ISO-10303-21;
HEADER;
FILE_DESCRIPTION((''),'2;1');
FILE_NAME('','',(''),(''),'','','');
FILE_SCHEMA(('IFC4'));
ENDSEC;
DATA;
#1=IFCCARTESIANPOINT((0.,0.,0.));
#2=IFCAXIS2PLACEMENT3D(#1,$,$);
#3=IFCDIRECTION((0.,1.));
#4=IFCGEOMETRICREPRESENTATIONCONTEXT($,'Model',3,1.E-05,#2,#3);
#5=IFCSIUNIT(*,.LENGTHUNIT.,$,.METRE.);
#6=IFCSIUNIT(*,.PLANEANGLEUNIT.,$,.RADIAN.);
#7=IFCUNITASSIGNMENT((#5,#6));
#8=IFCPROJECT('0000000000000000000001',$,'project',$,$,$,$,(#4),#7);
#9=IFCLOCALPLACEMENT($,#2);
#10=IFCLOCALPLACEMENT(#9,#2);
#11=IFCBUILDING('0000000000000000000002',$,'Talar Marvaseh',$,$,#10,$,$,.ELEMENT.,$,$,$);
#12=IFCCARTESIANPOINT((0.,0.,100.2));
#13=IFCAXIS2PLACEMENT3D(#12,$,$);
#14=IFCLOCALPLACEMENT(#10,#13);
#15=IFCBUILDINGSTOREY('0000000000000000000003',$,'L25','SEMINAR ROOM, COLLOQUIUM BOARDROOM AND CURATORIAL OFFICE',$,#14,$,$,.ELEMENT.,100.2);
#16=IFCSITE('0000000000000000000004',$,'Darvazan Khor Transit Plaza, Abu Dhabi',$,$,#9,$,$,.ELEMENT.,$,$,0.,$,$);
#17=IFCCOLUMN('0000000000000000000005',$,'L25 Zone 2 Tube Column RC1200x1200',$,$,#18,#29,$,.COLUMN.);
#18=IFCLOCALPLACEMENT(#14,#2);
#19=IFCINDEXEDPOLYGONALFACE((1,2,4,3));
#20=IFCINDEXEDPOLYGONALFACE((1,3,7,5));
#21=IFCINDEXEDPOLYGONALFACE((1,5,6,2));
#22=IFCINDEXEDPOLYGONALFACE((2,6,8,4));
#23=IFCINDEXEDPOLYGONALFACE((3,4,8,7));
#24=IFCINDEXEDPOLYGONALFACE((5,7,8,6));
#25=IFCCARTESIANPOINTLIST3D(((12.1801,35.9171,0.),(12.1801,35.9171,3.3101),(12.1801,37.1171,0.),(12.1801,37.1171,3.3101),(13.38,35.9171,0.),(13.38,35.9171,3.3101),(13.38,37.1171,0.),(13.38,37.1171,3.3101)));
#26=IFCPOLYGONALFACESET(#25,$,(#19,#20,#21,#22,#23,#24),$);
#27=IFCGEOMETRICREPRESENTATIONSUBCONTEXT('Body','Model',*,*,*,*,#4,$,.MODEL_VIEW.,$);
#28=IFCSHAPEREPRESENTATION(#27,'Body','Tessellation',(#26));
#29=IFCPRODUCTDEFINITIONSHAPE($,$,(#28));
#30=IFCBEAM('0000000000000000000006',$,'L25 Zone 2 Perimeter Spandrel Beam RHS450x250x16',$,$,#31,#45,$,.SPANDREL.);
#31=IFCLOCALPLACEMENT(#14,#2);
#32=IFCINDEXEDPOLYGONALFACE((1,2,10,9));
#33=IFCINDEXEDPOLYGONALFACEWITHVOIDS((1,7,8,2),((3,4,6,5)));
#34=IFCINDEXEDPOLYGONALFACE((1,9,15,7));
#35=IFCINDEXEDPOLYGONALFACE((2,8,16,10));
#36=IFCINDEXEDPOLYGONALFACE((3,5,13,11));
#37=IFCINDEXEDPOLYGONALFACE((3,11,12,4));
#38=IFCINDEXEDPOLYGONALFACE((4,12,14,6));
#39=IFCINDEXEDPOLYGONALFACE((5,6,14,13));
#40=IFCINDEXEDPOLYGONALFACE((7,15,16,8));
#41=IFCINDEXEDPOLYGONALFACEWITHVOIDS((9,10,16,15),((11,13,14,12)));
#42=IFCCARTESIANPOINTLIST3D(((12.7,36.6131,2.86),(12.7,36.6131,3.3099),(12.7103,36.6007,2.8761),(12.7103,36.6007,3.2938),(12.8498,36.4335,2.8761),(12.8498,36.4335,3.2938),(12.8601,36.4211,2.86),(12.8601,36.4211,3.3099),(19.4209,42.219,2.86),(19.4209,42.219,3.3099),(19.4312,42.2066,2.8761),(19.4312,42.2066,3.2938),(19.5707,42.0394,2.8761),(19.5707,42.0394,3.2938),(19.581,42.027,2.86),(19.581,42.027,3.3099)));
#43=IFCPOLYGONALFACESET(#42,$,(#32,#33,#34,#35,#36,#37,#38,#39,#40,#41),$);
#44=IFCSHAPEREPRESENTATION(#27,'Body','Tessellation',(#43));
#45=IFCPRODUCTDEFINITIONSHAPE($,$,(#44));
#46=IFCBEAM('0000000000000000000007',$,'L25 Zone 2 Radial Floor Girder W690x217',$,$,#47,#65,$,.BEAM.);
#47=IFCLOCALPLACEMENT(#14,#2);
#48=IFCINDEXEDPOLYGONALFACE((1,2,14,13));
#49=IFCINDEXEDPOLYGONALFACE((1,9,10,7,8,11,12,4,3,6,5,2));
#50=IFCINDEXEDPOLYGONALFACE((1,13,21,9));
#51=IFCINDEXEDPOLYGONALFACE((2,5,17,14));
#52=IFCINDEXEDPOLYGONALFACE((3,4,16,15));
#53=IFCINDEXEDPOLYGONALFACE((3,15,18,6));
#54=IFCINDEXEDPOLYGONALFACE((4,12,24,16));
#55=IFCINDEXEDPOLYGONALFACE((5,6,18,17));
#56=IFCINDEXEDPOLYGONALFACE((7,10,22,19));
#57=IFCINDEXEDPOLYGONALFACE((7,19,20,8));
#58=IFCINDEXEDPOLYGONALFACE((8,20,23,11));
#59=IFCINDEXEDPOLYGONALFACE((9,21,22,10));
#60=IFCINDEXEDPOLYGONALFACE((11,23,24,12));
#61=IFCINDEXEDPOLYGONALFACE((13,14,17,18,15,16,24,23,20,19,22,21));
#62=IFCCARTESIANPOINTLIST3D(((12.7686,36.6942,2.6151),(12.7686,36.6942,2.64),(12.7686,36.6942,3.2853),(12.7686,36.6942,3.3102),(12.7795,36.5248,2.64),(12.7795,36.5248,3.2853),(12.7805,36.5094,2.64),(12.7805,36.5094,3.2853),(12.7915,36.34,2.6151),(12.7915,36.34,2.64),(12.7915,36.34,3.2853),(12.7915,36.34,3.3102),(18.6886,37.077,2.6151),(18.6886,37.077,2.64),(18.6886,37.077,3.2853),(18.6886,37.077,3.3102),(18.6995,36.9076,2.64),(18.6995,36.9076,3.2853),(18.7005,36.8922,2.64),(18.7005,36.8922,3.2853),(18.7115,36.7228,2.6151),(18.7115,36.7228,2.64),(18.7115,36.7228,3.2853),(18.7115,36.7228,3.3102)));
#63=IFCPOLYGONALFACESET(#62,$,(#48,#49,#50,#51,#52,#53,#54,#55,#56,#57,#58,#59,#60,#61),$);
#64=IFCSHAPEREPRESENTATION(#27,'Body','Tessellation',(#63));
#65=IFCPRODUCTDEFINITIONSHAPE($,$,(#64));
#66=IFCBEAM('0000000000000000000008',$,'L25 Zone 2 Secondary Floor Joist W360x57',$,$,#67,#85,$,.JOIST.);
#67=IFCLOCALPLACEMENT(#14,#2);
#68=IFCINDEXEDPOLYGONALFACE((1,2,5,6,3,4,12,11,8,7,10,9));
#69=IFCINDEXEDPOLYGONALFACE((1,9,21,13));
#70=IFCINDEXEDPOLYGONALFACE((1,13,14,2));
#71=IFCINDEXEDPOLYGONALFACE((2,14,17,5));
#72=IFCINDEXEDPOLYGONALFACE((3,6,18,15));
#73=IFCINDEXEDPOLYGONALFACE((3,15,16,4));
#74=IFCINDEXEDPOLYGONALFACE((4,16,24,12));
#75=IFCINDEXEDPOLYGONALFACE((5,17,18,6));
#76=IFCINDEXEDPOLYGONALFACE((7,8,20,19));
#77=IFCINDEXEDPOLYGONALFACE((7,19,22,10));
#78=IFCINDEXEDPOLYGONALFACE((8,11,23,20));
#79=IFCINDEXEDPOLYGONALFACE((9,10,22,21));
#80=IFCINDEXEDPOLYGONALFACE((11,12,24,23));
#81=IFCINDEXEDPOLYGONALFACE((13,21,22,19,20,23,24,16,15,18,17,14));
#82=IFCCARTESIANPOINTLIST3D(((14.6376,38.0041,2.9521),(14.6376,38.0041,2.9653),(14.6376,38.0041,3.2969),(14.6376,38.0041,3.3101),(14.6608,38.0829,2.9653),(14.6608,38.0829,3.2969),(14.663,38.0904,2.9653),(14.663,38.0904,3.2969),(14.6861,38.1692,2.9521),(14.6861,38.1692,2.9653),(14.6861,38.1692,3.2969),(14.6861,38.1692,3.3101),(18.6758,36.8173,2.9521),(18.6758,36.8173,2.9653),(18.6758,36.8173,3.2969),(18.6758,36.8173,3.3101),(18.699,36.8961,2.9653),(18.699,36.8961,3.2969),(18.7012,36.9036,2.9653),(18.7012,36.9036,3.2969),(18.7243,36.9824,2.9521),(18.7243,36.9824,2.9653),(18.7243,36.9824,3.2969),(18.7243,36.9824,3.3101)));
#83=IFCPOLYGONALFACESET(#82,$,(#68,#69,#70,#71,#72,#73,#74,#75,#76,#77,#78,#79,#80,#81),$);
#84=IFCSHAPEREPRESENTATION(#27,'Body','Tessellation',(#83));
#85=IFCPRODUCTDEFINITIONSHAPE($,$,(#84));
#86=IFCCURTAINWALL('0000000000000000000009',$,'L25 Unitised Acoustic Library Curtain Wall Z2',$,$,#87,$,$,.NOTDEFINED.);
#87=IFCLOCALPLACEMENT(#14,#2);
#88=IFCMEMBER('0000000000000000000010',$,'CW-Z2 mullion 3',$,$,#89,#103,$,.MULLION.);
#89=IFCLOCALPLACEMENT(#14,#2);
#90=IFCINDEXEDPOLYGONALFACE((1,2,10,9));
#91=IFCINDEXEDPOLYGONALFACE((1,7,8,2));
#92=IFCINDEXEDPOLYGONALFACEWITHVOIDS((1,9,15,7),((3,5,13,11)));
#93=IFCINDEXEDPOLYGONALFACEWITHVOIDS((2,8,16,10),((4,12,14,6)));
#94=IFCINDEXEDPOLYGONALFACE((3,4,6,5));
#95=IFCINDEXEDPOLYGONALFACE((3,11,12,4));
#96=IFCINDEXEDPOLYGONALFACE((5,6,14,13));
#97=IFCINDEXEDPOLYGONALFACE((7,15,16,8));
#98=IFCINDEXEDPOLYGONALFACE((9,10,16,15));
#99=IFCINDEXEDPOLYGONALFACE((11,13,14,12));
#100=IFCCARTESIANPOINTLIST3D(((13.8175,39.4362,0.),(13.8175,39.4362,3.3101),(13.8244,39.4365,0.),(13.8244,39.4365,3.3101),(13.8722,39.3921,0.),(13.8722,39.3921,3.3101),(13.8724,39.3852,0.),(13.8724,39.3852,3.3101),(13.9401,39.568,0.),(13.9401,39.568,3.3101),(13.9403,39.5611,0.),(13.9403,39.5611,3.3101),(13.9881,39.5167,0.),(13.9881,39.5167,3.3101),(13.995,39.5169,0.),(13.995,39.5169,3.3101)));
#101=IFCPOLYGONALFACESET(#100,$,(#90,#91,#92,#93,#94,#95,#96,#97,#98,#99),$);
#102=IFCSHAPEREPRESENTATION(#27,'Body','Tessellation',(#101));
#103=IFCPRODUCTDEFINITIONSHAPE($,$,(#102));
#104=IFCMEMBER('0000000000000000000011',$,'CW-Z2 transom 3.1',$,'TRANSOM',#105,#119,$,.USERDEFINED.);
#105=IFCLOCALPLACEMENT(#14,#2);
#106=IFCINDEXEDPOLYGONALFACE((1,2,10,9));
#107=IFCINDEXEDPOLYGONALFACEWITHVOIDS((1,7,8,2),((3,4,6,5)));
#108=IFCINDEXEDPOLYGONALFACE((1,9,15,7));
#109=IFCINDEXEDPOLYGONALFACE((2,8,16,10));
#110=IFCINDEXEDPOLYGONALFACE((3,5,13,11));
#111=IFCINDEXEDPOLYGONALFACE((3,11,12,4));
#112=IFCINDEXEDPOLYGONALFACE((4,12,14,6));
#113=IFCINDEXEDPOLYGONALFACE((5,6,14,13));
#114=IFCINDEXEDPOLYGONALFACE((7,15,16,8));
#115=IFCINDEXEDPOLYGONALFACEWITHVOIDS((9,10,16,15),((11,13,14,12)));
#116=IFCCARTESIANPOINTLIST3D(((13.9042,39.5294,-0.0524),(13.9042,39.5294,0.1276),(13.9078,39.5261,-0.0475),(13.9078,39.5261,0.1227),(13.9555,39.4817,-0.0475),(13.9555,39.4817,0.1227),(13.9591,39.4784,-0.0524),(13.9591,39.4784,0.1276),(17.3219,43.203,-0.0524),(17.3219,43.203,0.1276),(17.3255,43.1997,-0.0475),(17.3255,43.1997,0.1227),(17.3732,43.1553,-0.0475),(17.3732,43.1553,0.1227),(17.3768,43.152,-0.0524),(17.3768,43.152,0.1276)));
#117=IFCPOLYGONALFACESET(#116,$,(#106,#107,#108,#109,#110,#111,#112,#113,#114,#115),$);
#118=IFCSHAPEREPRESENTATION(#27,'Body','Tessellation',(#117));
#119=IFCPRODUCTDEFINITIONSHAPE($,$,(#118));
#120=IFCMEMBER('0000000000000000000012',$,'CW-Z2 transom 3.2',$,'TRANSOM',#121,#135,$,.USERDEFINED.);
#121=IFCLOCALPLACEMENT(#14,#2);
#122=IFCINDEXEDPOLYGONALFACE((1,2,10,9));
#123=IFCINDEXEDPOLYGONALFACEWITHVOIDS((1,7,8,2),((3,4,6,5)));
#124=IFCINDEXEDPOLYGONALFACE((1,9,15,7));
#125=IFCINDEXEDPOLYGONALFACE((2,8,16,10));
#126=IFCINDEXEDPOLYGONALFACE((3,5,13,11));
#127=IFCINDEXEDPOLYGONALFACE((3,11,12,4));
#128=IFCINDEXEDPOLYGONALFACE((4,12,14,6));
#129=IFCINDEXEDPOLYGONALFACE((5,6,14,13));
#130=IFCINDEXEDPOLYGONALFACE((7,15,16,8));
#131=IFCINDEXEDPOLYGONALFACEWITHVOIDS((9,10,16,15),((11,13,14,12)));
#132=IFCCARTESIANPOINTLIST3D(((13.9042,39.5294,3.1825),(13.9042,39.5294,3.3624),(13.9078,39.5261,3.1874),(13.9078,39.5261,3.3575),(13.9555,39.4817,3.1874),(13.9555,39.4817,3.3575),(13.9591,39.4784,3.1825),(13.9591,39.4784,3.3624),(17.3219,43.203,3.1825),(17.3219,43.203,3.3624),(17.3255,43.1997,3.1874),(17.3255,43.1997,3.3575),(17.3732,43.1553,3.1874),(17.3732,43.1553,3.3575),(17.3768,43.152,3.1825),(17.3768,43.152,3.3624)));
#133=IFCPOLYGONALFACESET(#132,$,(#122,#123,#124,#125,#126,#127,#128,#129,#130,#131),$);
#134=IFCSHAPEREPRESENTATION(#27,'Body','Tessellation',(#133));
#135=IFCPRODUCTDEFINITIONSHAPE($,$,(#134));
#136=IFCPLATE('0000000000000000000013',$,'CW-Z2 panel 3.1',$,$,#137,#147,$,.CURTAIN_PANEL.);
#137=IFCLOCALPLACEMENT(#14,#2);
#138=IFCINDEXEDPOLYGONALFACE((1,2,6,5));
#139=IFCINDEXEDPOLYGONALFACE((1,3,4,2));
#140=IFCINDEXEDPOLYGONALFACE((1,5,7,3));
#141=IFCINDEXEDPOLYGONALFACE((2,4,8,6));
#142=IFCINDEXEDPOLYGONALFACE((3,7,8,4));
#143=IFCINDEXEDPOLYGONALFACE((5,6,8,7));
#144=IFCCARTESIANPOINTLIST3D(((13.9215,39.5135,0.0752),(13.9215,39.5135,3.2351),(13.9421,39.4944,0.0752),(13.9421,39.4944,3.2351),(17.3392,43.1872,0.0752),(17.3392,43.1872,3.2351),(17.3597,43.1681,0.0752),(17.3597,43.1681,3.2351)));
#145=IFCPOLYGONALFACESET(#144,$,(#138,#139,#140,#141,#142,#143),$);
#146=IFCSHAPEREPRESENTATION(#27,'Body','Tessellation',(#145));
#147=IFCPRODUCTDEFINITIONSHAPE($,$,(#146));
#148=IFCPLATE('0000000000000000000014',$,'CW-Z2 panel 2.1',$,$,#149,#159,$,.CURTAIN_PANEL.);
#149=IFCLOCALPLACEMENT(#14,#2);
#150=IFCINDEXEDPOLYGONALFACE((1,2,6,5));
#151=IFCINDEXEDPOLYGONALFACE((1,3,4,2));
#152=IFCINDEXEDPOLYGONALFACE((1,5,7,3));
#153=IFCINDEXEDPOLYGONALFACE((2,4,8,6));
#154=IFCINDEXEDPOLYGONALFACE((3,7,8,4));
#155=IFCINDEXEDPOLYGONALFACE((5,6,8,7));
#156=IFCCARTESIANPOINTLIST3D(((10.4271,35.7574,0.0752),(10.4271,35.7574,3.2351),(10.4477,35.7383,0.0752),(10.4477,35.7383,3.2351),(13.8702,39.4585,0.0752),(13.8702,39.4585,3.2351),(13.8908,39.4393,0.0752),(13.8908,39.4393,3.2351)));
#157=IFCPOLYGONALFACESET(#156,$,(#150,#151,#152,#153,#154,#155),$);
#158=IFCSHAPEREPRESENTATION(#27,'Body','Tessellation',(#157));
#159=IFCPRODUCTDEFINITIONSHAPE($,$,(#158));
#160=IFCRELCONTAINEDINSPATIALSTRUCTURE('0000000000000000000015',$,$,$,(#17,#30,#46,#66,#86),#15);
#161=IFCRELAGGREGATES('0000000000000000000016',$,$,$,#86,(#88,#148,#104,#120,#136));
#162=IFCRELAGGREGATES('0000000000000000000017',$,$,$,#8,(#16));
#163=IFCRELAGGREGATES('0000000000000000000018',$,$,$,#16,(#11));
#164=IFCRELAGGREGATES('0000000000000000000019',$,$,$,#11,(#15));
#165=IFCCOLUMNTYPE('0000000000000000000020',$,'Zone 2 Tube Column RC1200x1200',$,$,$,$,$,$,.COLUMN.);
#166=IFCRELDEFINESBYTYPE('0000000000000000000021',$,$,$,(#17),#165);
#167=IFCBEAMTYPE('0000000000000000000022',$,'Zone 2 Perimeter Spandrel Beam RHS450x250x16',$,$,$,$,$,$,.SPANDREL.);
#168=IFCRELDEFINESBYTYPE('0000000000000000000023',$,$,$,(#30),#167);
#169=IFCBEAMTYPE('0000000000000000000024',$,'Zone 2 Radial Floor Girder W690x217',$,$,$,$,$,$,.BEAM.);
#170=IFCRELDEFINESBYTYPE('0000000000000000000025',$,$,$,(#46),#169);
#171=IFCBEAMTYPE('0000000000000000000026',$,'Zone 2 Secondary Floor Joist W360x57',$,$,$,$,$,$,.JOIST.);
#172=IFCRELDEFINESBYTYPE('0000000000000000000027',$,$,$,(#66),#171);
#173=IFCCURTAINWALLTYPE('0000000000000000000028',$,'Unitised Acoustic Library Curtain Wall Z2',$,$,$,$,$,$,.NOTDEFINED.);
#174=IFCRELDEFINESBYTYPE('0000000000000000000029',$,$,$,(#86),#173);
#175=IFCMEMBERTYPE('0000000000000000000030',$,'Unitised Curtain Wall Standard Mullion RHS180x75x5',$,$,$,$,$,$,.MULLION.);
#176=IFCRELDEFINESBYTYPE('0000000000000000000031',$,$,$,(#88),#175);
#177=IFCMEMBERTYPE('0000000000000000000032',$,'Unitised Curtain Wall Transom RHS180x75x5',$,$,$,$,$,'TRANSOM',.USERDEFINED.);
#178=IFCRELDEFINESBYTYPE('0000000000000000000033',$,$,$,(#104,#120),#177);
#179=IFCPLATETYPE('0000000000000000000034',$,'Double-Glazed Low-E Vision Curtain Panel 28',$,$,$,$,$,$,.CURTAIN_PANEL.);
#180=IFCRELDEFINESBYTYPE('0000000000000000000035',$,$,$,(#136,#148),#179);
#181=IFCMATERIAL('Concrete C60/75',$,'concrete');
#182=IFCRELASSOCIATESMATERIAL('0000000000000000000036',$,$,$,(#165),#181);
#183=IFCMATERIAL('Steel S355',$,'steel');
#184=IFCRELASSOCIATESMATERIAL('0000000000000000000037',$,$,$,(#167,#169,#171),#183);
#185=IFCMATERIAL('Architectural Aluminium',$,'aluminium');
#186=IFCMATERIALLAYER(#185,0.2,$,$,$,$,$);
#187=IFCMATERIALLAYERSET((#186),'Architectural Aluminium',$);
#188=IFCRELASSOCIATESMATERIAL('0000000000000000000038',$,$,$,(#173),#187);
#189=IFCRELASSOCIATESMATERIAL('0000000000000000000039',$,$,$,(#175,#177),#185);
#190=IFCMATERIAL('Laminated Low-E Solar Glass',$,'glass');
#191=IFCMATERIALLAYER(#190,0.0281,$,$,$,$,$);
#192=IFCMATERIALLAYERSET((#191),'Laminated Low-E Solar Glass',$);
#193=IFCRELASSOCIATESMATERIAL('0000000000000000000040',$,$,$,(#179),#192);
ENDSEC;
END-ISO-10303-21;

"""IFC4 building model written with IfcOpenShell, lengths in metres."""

from ifc_helpers import new_model, si_unit, direction, frame, origin, origin_2d, place, context, subcontext, project, spatial, rectangle, hollow_rectangle, i_section, extrude, source, transform, mapped, material, layer, layer_set, material_profile, profile_set, type_object, type_shapes, element, aggregate, save


model = new_model("IFC4")

# Units and contexts
model_context = context("Model", 3, precision=1e-05, world=origin(), true_north=direction((0.0, 1.0)))
body_context = subcontext(model_context, "Body", "Model", "MODEL_VIEW")
ifc_project = project(units=[si_unit("LENGTHUNIT", "METRE"), si_unit("PLANEANGLEUNIT", "RADIAN")], contexts=[model_context])

# Site, building, storey
site_placement = place(None, origin())
site = spatial("IfcSite", under=ifc_project, at=site_placement, Name="Darvazan Khor Transit Plaza, Abu Dhabi", CompositionType="ELEMENT", RefElevation=0.0)
building_placement = place(site_placement, origin())
building = spatial("IfcBuilding", under=site, at=building_placement, Name="Talar Marvaseh", CompositionType="ELEMENT")
storey_placement = place(building_placement, frame((0.0, 0.0, 100.2)))
storey = spatial("IfcBuildingStorey", under=building, at=storey_placement, Name="L25", Description="SEMINAR ROOM, COLLOQUIUM BOARDROOM AND CURATORIAL OFFICE", CompositionType="ELEMENT", Elevation=100.2)

# Column
ifc_material_1 = material(Name="Concrete C60/75", Category="concrete")
ifc_material_profile_1 = material_profile(ifc_material_1, rectangle(XDim=1.2, YDim=1.2, at=origin_2d()), Name="RC1200x1200")
ifc_profile_set_1 = profile_set([ifc_material_profile_1], Name="Concrete C60/75")
column_type = type_object("IfcColumnType", Name="Zone 2 Tube Column RC1200x1200", PredefinedType="COLUMN", material=ifc_profile_set_1)
column_placement = place(storey_placement, frame((12.78, 36.5171, 0.0), z_axis=(0.0, 0.0, 1.0), x_axis=(1.0, 0.0, 0.0)))
element("IfcColumn", 1, at=column_placement, inside=storey, type_object=column_type, Name="L25 Zone 2 Tube Column RC1200x1200", PredefinedType="COLUMN", context=body_context, shape_type="SweptSolid", body=[
    extrude(rectangle(XDim=1.2, YDim=1.2, at=origin_2d()), origin(), (0.0, 0.0, 1.0), 3.3101),
])

# Beams
ifc_material_2 = material(Name="Steel S355", Category="steel")
ifc_material_profile_2 = material_profile(ifc_material_2, hollow_rectangle(XDim=0.25, YDim=0.45, WallThickness=0.0161, at=origin_2d()), Name="RHS450x250x16")
ifc_profile_set_2 = profile_set([ifc_material_profile_2], Name="Steel S355")
beam_type_1 = type_object("IfcBeamType", Name="Zone 2 Perimeter Spandrel Beam RHS450x250x16", PredefinedType="SPANDREL", material=ifc_profile_set_2)
beam_1_placement = place(storey_placement, frame((12.78, 36.5171, 3.085), z_axis=(0.767931, 0.640533, 0.0), x_axis=(-0.640533, 0.767931, 0.0)))
element("IfcBeam", 2, at=beam_1_placement, inside=storey, type_object=beam_type_1, Name="L25 Zone 2 Perimeter Spandrel Beam RHS450x250x16", PredefinedType="SPANDREL", context=body_context, shape_type="SweptSolid", body=[
    extrude(hollow_rectangle(XDim=0.25, YDim=0.45, WallThickness=0.0161, at=origin_2d()), origin(), (0.0, 0.0, 1.0), 8.752),
])
ifc_material_profile_3 = material_profile(ifc_material_2, i_section(OverallWidth=0.355, OverallDepth=0.6951, WebThickness=0.0154, FlangeThickness=0.0249, at=origin_2d()), Name="W690x217")
ifc_profile_set_3 = profile_set([ifc_material_profile_3], Name="Steel S355")
beam_type_2 = type_object("IfcBeamType", Name="Zone 2 Radial Floor Girder W690x217", PredefinedType="BEAM", material=ifc_profile_set_3)
beam_2_placement = place(storey_placement, frame((12.78, 36.5171, 2.9626), z_axis=(0.997916, 0.06453, 0.0), x_axis=(-0.06453, 0.997916, 0.0)))
element("IfcBeam", 3, at=beam_2_placement, inside=storey, type_object=beam_type_2, Name="L25 Zone 2 Radial Floor Girder W690x217", PredefinedType="BEAM", context=body_context, shape_type="SweptSolid", body=[
    extrude(i_section(OverallWidth=0.355, OverallDepth=0.6951, WebThickness=0.0154, FlangeThickness=0.0249, at=origin_2d()), origin(), (0.0, 0.0, 1.0), 5.9324),
])
ifc_material_profile_4 = material_profile(ifc_material_2, i_section(OverallWidth=0.1721, OverallDepth=0.3579, WebThickness=0.0078, FlangeThickness=0.0132, at=origin_2d()), Name="W360x57")
ifc_profile_set_4 = profile_set([ifc_material_profile_4], Name="Steel S355")
beam_type_3 = type_object("IfcBeamType", Name="Zone 2 Secondary Floor Joist W360x57", PredefinedType="JOIST", material=ifc_profile_set_4)
beam_3_placement = place(storey_placement, frame((14.6619, 38.0867, 3.1311), z_axis=(0.959424, -0.281968, 0.0), x_axis=(0.281968, 0.959424, 0.0)))
element("IfcBeam", 4, at=beam_3_placement, inside=storey, type_object=beam_type_3, Name="L25 Zone 2 Secondary Floor Joist W360x57", PredefinedType="JOIST", context=body_context, shape_type="SweptSolid", body=[
    extrude(i_section(OverallWidth=0.1721, OverallDepth=0.3579, WebThickness=0.0078, FlangeThickness=0.0132, at=origin_2d()), origin(), (0.0, 0.0, 1.0), 4.209),
])

# Curtain wall, members, plates
ifc_material_3 = material(Name="Architectural Aluminium", Category="aluminium")
ifc_layer_1 = layer(ifc_material_3, 0.2)
ifc_layer_set_1 = layer_set([ifc_layer_1], Name="Architectural Aluminium")
curtain_wall_type = type_object("IfcCurtainWallType", Name="Unitised Acoustic Library Curtain Wall Z2", PredefinedType="NOTDEFINED", material=ifc_layer_set_1)
curtain_wall_placement = place(storey_placement, origin())
curtain_wall = element("IfcCurtainWall", 5, at=curtain_wall_placement, inside=storey, type_object=curtain_wall_type, Name="L25 Unitised Acoustic Library Curtain Wall Z2", PredefinedType="NOTDEFINED")
ifc_material_profile_5 = material_profile(ifc_material_3, hollow_rectangle(XDim=0.075, YDim=0.1799, WallThickness=0.0049, at=origin_2d()), Name="RHS180x75x5")
ifc_profile_set_5 = profile_set([ifc_material_profile_5], Name="Architectural Aluminium")
member_type_1 = type_object("IfcMemberType", Name="Unitised Curtain Wall Standard Mullion RHS180x75x5", PredefinedType="MULLION", material=ifc_profile_set_5)
shared_shape_1 = source(origin(), body_context, "Body", "SweptSolid", [
    extrude(hollow_rectangle(XDim=0.075, YDim=0.1799, WallThickness=0.0049, at=origin_2d()), origin(), (0.0, 0.0, 1.0), 3.3101),
])
type_shapes(member_type_1, [shared_shape_1])
member_1_placement = place(storey_placement, frame((13.9062, 39.4766, 0.0), z_axis=(0.0, 0.0, 1.0), x_axis=(-0.73216, 0.681133, 0.0)))
member_1 = element("IfcMember", 6, at=member_1_placement, type_object=member_type_1, Name="CW-Z2 mullion 3", PredefinedType="MULLION", context=body_context, shape_type="MappedRepresentation", body=[
    mapped(shared_shape_1, transform((0.0, 0.0, 0.0), x_axis=(1.0, 0.0, 0.0), y_axis=(0.0, 1.0, 0.0), z_axis=(0.0, 0.0, 1.0), scale=1.0)),
])
ifc_material_profile_6 = material_profile(ifc_material_3, hollow_rectangle(XDim=0.075, YDim=0.1799, WallThickness=0.0049, at=origin_2d()), Name="RHS180x75x5")
ifc_profile_set_6 = profile_set([ifc_material_profile_6], Name="Architectural Aluminium")
member_type_2 = type_object("IfcMemberType", Name="Unitised Curtain Wall Transom RHS180x75x5", ElementType="TRANSOM", PredefinedType="USERDEFINED", material=ifc_profile_set_6)
shared_shape_2 = source(origin(), body_context, "Body", "SweptSolid", [
    extrude(hollow_rectangle(XDim=0.075, YDim=0.1799, WallThickness=0.0049, at=origin_2d()), origin(), (0.0, 0.0, 1.0), 5.0176),
])
type_shapes(member_type_2, [shared_shape_2])
member_2_placement = place(storey_placement, frame((13.9316, 39.5039, 0.0376), z_axis=(0.681151, 0.732143, 0.0), x_axis=(-0.732143, 0.681151, 0.0)))
member_2 = element("IfcMember", 7, at=member_2_placement, type_object=member_type_2, Name="CW-Z2 transom 3.1", ObjectType="TRANSOM", PredefinedType="USERDEFINED", context=body_context, shape_type="MappedRepresentation", body=[
    mapped(shared_shape_2, transform((0.0, 0.0, 0.0), x_axis=(1.0, 0.0, 0.0), y_axis=(0.0, 1.0, 0.0), z_axis=(0.0, 0.0, 1.0), scale=1.0)),
])
member_3_placement = place(storey_placement, frame((13.9316, 39.5039, 3.2725), z_axis=(0.681151, 0.732143, 0.0), x_axis=(-0.732143, 0.681151, 0.0)))
member_3 = element("IfcMember", 8, at=member_3_placement, type_object=member_type_2, Name="CW-Z2 transom 3.2", ObjectType="TRANSOM", PredefinedType="USERDEFINED", context=body_context, shape_type="MappedRepresentation", body=[
    mapped(shared_shape_2, transform((0.0, 0.0, 0.0), x_axis=(1.0, 0.0, 0.0), y_axis=(0.0, 1.0, 0.0), z_axis=(0.0, 0.0, 1.0), scale=1.0)),
])
ifc_material_4 = material(Name="Laminated Low-E Solar Glass", Category="glass")
ifc_layer_2 = layer(ifc_material_4, 0.0281)
ifc_layer_set_2 = layer_set([ifc_layer_2], Name="Laminated Low-E Solar Glass")
plate_type = type_object("IfcPlateType", Name="Double-Glazed Low-E Vision Curtain Panel 28", PredefinedType="CURTAIN_PANEL", material=ifc_layer_set_2)
shared_shape_3 = source(origin(), body_context, "Body", "SweptSolid", [
    extrude(rectangle(XDim=5.0176, YDim=0.0281, at=origin_2d()), origin(), (0.0, 0.0, 1.0), 3.1599),
])
plate_1_placement = place(storey_placement, frame((15.6406, 41.3408, 0.0752), z_axis=(0.0, 0.0, 1.0), x_axis=(0.681133, 0.73216, 0.0)))
plate_1 = element("IfcPlate", 9, at=plate_1_placement, type_object=plate_type, Name="CW-Z2 panel 3.1", PredefinedType="CURTAIN_PANEL", context=body_context, shape_type="MappedRepresentation", body=[
    mapped(shared_shape_3, transform((0.0, 0.0, 0.0), x_axis=(1.0, 0.0, 0.0), y_axis=(0.0, 1.0, 0.0), z_axis=(0.0, 0.0, 1.0), scale=1.0)),
])
shared_shape_4 = source(origin(), body_context, "Body", "SweptSolid", [
    extrude(rectangle(XDim=5.0549, YDim=0.0281, at=origin_2d()), origin(), (0.0, 0.0, 1.0), 3.1599),
])
type_shapes(plate_type, [shared_shape_3, shared_shape_4])
plate_2_placement = place(storey_placement, frame((12.1589, 37.5984, 0.0752), z_axis=(0.0, 0.0, 1.0), x_axis=(0.681133, 0.73216, 0.0)))
plate_2 = element("IfcPlate", 10, at=plate_2_placement, type_object=plate_type, Name="CW-Z2 panel 2.1", PredefinedType="CURTAIN_PANEL", context=body_context, shape_type="MappedRepresentation", body=[
    mapped(shared_shape_4, transform((0.0, 0.0, 0.0), x_axis=(1.0, 0.0, 0.0), y_axis=(0.0, 1.0, 0.0), z_axis=(0.0, 0.0, 1.0), scale=1.0)),
])
aggregate(curtain_wall, [member_1, plate_2, member_2, member_3, plate_1])

save(model, "model.ifc")
